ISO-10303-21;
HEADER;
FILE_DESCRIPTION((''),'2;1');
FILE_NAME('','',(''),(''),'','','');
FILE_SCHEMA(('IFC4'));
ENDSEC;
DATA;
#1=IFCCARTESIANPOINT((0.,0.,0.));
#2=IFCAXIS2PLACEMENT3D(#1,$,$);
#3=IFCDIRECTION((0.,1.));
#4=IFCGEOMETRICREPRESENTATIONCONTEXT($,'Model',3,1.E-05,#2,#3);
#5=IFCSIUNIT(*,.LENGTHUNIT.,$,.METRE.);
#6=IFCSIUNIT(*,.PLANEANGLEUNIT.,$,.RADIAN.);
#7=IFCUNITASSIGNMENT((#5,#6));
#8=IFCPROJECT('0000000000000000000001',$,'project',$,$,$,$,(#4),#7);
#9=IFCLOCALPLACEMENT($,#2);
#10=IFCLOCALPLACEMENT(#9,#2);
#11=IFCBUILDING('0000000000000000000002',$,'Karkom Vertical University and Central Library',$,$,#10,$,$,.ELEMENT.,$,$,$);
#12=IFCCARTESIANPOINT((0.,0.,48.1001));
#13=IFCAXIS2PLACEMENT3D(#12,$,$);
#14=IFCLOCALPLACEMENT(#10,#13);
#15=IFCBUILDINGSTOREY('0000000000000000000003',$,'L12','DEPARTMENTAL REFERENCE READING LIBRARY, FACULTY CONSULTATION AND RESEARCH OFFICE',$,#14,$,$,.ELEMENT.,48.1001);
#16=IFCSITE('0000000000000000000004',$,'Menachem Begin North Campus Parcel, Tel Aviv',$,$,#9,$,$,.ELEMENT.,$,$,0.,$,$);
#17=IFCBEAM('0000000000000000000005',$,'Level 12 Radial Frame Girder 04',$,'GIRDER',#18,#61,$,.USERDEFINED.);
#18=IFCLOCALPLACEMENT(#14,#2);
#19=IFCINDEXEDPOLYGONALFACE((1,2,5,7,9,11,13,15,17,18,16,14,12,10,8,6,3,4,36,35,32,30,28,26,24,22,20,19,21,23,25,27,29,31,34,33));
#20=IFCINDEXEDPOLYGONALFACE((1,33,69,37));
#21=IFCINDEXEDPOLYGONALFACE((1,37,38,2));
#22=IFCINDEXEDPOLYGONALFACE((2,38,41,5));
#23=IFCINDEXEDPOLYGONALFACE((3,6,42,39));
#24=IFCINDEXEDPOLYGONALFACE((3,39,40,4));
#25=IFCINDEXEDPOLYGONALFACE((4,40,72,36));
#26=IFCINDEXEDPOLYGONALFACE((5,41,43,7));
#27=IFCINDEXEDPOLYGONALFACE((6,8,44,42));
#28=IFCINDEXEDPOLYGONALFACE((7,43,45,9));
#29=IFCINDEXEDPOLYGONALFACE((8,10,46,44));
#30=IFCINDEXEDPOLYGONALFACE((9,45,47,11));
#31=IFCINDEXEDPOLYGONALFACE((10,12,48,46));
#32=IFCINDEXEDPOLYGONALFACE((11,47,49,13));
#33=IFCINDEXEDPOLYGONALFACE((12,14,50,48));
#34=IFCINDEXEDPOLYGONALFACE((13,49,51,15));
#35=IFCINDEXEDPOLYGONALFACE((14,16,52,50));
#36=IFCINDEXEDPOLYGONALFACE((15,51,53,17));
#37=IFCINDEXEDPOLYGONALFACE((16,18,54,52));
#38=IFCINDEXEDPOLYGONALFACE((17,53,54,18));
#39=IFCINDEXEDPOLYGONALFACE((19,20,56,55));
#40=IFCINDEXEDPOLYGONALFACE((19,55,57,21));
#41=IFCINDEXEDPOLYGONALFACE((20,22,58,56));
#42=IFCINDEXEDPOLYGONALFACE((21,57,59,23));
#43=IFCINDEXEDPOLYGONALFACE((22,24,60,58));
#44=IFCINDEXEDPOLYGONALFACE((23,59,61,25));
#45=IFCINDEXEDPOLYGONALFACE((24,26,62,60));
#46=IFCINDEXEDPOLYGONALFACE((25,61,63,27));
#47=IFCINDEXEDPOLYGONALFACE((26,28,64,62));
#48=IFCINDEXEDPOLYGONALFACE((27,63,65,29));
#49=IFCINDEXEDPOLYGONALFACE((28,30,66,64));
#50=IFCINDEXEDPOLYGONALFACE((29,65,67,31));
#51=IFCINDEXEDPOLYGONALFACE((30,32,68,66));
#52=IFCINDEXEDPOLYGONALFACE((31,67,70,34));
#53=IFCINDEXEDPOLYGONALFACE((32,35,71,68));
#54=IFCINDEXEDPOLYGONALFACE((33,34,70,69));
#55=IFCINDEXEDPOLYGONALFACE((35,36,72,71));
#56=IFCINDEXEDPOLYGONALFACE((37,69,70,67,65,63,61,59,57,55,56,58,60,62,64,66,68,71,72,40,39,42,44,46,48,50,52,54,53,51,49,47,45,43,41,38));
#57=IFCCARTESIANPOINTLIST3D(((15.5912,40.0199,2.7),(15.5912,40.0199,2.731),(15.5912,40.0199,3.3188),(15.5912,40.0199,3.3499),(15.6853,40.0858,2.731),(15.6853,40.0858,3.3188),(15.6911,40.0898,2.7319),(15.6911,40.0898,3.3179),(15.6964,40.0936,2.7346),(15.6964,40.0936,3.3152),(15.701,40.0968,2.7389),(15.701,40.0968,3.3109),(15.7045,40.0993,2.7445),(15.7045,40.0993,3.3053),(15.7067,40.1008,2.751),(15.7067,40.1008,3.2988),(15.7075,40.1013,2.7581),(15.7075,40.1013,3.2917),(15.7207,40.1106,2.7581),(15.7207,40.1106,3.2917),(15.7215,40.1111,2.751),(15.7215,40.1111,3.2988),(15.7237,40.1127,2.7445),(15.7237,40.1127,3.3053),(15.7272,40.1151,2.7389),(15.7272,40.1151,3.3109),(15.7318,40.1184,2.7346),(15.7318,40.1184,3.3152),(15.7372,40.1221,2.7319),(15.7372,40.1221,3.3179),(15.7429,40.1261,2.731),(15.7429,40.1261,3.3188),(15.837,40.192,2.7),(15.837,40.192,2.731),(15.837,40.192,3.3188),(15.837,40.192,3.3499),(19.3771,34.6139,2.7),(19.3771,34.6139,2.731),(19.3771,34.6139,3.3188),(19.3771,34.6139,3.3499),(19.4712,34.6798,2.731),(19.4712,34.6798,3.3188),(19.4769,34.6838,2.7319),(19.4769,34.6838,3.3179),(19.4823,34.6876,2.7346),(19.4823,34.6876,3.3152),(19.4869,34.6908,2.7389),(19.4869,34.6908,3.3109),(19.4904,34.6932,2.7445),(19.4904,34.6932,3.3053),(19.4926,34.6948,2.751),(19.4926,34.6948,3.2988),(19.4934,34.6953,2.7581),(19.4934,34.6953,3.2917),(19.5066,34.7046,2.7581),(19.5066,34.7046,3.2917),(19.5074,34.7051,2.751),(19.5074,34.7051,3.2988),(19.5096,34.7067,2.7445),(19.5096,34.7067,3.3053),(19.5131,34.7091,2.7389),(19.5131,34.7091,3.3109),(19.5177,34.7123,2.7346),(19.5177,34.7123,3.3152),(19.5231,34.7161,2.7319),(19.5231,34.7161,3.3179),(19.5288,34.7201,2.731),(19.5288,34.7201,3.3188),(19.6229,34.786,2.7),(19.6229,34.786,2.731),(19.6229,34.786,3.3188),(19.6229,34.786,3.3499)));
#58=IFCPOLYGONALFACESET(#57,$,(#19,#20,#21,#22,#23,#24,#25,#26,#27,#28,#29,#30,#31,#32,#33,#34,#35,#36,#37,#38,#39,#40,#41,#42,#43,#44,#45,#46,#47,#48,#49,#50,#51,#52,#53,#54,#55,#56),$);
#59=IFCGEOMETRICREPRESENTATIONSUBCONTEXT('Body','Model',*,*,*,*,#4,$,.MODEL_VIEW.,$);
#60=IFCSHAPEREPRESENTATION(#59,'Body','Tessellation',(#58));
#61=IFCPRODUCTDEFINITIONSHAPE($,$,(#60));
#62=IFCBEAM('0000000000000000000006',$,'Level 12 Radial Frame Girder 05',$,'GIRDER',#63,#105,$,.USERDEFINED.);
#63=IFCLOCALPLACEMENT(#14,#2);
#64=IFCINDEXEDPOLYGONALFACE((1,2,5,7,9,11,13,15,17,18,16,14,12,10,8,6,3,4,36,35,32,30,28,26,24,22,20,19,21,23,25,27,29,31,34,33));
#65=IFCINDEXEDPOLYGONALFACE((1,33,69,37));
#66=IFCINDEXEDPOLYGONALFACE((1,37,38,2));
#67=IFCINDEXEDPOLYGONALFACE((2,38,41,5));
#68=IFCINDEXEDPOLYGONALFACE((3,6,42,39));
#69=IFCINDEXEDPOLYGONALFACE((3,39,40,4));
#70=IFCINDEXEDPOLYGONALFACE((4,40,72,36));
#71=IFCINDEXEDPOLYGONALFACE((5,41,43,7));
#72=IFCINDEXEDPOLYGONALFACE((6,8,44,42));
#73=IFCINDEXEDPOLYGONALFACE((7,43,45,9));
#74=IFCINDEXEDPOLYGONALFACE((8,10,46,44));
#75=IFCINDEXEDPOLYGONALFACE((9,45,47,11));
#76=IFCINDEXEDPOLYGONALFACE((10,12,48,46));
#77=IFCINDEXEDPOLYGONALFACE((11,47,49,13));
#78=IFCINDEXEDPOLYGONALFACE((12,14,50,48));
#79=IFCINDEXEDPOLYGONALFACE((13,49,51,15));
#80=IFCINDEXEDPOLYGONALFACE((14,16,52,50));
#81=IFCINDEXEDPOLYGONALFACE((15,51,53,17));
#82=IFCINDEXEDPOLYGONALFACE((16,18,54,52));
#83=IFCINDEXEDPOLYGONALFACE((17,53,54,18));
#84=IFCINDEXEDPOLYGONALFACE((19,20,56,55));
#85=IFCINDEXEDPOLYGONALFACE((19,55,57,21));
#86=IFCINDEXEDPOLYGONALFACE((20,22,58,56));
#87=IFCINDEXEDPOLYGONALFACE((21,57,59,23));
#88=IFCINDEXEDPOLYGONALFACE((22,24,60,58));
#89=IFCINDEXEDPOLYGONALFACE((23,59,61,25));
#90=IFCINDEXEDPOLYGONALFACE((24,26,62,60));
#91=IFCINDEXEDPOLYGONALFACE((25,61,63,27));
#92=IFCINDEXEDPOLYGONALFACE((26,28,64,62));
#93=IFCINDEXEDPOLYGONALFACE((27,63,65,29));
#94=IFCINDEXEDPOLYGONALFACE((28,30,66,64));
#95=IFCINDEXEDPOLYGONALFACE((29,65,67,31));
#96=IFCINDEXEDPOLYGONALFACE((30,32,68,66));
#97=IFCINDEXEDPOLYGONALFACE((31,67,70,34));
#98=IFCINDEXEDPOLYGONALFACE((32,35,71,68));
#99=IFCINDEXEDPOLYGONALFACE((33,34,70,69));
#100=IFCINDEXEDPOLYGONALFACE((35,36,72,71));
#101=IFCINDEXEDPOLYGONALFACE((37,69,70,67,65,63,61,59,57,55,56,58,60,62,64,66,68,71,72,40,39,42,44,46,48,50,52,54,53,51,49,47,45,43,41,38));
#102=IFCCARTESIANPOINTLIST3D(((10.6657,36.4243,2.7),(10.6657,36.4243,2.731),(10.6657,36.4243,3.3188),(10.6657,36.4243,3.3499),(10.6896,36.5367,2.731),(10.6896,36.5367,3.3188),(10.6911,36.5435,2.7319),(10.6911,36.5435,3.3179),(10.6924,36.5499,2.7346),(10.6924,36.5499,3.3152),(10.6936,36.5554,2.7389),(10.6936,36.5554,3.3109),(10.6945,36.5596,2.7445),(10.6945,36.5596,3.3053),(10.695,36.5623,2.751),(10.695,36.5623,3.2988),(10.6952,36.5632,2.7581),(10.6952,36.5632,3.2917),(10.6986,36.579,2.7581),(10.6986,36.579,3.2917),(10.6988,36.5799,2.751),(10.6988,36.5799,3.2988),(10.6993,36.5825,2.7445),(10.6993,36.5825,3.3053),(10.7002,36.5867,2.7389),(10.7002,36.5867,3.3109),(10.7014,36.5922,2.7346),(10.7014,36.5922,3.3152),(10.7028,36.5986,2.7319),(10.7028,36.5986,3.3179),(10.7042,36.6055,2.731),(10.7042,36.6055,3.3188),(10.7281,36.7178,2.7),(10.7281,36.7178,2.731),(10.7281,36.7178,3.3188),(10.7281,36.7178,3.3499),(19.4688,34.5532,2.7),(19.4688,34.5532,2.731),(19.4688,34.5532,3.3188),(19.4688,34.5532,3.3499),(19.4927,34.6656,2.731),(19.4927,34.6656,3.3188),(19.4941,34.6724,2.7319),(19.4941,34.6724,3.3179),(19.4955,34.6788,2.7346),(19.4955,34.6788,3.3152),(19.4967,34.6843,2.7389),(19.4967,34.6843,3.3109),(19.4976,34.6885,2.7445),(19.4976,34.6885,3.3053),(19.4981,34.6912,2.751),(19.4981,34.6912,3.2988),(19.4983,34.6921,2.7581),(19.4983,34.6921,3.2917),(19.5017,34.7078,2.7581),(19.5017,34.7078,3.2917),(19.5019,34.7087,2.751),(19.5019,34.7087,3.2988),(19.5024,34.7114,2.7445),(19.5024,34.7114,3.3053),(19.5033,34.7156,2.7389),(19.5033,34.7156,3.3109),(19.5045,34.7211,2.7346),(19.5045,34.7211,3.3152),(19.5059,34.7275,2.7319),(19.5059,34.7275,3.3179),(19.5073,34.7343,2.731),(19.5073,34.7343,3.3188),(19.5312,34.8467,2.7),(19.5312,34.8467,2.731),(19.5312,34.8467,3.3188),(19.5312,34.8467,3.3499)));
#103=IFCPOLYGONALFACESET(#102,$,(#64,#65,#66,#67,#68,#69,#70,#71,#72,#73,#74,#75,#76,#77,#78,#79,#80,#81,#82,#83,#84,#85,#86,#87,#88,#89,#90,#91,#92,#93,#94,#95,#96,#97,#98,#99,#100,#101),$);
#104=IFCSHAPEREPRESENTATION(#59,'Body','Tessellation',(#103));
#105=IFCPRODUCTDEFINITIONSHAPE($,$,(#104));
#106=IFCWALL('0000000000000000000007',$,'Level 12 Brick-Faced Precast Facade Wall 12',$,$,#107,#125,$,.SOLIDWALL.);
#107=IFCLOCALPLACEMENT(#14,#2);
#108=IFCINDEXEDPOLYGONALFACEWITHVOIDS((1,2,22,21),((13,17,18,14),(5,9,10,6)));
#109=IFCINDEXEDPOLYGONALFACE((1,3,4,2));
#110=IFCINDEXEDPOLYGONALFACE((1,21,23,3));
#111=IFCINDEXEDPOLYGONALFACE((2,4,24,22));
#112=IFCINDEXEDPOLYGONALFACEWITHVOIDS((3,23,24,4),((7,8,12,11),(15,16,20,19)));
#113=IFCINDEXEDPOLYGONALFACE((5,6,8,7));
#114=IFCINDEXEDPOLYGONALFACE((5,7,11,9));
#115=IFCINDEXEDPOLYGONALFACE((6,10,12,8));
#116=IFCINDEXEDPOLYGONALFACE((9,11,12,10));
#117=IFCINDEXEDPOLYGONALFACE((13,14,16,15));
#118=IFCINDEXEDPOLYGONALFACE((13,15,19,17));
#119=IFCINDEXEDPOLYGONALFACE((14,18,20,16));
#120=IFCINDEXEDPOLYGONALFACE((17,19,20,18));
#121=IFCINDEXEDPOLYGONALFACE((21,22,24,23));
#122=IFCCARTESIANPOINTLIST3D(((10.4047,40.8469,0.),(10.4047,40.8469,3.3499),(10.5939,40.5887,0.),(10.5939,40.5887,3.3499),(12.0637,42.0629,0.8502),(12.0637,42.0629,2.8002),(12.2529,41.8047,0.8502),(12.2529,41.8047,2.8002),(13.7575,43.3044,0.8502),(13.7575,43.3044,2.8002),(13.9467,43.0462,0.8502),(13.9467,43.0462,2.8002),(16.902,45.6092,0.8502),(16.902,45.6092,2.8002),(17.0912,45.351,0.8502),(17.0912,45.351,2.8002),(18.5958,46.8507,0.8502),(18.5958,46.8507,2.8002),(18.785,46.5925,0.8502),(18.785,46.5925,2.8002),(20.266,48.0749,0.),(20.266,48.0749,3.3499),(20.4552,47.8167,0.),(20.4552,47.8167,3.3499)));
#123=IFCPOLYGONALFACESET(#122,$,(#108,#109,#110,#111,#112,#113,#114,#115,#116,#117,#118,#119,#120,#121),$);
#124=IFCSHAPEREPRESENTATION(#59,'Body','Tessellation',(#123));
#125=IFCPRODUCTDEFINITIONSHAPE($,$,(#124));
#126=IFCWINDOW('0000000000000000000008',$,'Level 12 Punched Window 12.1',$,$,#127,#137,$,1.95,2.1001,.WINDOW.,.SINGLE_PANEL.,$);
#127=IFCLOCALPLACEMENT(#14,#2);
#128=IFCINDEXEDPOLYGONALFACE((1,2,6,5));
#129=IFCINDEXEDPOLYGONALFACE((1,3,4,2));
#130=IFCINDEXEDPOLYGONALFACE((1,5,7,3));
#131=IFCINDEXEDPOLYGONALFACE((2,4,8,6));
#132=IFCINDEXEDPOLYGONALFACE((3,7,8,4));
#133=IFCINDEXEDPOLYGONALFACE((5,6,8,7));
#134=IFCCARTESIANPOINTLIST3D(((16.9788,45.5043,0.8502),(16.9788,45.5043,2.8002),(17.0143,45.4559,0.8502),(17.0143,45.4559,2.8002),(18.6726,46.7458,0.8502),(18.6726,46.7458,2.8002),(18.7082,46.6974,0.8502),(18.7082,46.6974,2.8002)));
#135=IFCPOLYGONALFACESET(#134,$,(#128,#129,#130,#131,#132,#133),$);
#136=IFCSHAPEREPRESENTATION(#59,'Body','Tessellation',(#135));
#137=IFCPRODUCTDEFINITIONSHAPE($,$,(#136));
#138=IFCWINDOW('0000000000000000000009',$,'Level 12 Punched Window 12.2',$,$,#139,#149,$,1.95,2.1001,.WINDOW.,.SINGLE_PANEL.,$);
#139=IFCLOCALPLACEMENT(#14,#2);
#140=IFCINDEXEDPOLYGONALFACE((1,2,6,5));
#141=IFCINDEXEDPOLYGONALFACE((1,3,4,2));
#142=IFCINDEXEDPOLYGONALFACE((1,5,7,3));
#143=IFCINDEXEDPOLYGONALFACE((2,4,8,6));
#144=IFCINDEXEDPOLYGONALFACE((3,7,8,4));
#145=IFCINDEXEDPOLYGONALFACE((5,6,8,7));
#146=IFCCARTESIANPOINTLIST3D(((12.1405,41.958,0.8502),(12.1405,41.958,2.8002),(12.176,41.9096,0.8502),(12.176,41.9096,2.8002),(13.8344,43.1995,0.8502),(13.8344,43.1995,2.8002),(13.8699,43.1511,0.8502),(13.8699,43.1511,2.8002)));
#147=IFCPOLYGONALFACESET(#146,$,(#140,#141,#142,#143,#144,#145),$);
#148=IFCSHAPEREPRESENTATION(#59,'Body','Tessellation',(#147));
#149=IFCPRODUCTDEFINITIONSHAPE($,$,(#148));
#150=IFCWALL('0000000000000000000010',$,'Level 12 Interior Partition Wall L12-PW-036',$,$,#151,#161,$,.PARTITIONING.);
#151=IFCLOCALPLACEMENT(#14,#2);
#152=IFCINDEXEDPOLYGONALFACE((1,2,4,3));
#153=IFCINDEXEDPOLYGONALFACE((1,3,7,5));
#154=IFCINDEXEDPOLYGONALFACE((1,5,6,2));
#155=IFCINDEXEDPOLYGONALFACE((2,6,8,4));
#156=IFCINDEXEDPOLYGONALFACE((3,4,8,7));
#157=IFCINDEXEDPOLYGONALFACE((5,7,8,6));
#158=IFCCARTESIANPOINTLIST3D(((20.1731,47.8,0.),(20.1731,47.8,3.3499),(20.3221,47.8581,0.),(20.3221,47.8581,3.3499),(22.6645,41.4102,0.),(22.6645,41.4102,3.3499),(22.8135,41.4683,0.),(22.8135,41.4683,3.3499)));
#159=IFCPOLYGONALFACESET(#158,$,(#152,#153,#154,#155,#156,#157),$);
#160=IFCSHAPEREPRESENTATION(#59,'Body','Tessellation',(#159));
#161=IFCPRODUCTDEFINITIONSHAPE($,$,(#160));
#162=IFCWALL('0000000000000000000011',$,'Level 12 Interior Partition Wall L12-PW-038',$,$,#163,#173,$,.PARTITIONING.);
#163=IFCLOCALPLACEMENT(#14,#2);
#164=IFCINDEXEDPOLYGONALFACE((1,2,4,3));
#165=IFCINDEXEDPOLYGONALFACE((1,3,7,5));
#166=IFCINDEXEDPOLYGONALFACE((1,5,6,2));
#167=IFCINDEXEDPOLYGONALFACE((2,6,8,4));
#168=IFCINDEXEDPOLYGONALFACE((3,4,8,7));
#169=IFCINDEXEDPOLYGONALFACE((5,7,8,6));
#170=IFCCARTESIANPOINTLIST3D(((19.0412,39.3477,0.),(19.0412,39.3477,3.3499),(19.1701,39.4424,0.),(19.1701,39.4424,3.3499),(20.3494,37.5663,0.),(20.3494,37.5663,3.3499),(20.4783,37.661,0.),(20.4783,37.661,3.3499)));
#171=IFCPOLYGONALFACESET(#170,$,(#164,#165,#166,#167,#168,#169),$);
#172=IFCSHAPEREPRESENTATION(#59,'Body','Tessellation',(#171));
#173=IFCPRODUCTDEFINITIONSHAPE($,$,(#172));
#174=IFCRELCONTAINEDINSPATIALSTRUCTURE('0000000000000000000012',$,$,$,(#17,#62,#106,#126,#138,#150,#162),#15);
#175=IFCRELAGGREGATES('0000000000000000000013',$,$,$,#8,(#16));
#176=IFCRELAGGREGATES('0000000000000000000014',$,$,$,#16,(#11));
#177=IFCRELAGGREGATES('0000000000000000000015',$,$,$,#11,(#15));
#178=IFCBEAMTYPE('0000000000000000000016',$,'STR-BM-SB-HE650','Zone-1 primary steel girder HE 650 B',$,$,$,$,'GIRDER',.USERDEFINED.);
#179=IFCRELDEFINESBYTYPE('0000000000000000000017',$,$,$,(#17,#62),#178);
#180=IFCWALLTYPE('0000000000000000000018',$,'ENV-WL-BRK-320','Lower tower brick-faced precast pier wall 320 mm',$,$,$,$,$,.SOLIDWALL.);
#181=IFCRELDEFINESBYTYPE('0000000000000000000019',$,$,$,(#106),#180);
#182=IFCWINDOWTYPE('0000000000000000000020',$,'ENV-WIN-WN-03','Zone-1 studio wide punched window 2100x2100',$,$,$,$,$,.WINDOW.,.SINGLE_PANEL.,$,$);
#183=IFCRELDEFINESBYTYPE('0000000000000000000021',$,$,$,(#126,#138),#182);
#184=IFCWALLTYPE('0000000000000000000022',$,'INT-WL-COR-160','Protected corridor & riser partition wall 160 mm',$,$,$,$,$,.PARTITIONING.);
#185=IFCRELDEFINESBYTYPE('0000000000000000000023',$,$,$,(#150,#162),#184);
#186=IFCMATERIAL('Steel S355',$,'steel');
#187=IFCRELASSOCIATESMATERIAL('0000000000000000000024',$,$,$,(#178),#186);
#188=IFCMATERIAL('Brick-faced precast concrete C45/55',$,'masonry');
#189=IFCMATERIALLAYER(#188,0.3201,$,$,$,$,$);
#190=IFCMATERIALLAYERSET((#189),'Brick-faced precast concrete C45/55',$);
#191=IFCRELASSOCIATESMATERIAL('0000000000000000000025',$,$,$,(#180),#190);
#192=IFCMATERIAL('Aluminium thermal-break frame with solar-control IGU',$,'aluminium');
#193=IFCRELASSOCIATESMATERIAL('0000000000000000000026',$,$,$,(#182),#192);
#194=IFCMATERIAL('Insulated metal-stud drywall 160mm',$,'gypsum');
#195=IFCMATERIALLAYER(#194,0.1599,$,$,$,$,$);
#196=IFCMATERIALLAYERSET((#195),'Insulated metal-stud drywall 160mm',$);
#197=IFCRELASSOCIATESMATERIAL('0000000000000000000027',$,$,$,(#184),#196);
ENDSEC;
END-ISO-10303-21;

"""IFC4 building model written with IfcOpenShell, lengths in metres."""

from ifc_helpers import new_model, si_unit, direction, frame, frame_2d, origin, origin_with_axes, origin_2d, place, context, subcontext, project, spatial, rectangle, i_section, extrude, source, transform, mapped, material, layer, layer_set, material_profile, profile_set, type_object, element, fill, save


model = new_model("IFC4")

# Units and contexts
model_context = context("Model", 3, precision=1e-05, world=origin(), true_north=direction((0.0, 1.0)))
body_context = subcontext(model_context, "Body", "Model", "MODEL_VIEW")
ifc_project = project(units=[si_unit("LENGTHUNIT", "METRE"), si_unit("PLANEANGLEUNIT", "RADIAN")], contexts=[model_context])

# Site, building, storey
site_placement = place(None, origin())
site = spatial("IfcSite", under=ifc_project, at=site_placement, Name="Menachem Begin North Campus Parcel, Tel Aviv", CompositionType="ELEMENT", RefElevation=0.0)
building_placement = place(site_placement, origin())
building = spatial("IfcBuilding", under=site, at=building_placement, Name="Karkom Vertical University and Central Library", CompositionType="ELEMENT")
storey_placement = place(building_placement, frame((0.0, 0.0, 48.1001)))
storey = spatial("IfcBuildingStorey", under=building, at=storey_placement, Name="L12", Description="DEPARTMENTAL REFERENCE READING LIBRARY, FACULTY CONSULTATION AND RESEARCH OFFICE", CompositionType="ELEMENT", Elevation=48.1001)

# Beams
ifc_material_1 = material(Name="Steel S355", Category="steel")
ifc_material_profile_1 = material_profile(ifc_material_1, i_section(OverallWidth=0.3, OverallDepth=0.6499, WebThickness=0.0161, FlangeThickness=0.031, FilletRadius=0.0271, at=origin_2d()), Name="HE 650 B")
ifc_profile_set_1 = profile_set([ifc_material_profile_1], Name="Steel S355")
beam_type = type_object("IfcBeamType", Name="STR-BM-SB-HE650", Description="Zone-1 primary steel girder HE 650 B", ElementType="GIRDER", PredefinedType="USERDEFINED", material=ifc_profile_set_1)
shared_shape_1 = source(origin_with_axes(), body_context, "Body", "SweptSolid", [
    extrude(i_section(OverallWidth=0.3, OverallDepth=0.6499, WebThickness=0.0161, FlangeThickness=0.031, FilletRadius=0.0271, at=origin_2d()), origin(), (0.0, 0.0, 1.0), 6.5999),
])
beam_1_placement = place(storey_placement, frame((19.5, 34.7, 3.0249), z_axis=(-0.573634, 0.819112, 0.0), x_axis=(-0.819112, -0.573634, 0.0)))
element("IfcBeam", 1, at=beam_1_placement, inside=storey, type_object=beam_type, Name="Level 12 Radial Frame Girder 04", ObjectType="GIRDER", PredefinedType="USERDEFINED", context=body_context, shape_type="MappedRepresentation", body=[
    mapped(shared_shape_1, transform((0.0, 0.0, 0.0), scale=1.0)),
])
shared_shape_2 = source(origin_with_axes(), body_context, "Body", "SweptSolid", [
    extrude(i_section(OverallWidth=0.3, OverallDepth=0.6499, WebThickness=0.0161, FlangeThickness=0.031, FilletRadius=0.0271, at=origin_2d()), origin(), (0.0, 0.0, 1.0), 8.9998),
])
beam_2_placement = place(storey_placement, frame((19.5, 34.7, 3.0249), z_axis=(-0.978148, 0.207908, 0.0), x_axis=(-0.207908, -0.978148, 0.0)))
element("IfcBeam", 2, at=beam_2_placement, inside=storey, type_object=beam_type, Name="Level 12 Radial Frame Girder 05", ObjectType="GIRDER", PredefinedType="USERDEFINED", context=body_context, shape_type="MappedRepresentation", body=[
    mapped(shared_shape_2, transform((0.0, 0.0, 0.0), scale=1.0)),
])

# Wall, openings, windows
ifc_material_2 = material(Name="Brick-faced precast concrete C45/55", Category="masonry")
ifc_layer_1 = layer(ifc_material_2, 0.3201)
ifc_layer_set_1 = layer_set([ifc_layer_1], Name="Brick-faced precast concrete C45/55")
wall_type_1 = type_object("IfcWallType", Name="ENV-WL-BRK-320", Description="Lower tower brick-faced precast pier wall 320 mm", PredefinedType="SOLIDWALL", material=ifc_layer_set_1)
wall_1_placement = place(storey_placement, frame((20.3606, 47.9458, 0.0), z_axis=(0.0, 0.0, 1.0), x_axis=(-0.806546, -0.591171, 0.0)))
wall_1 = element("IfcWall", 3, at=wall_1_placement, inside=storey, type_object=wall_type_1, Name="Level 12 Brick-Faced Precast Facade Wall 12", PredefinedType="SOLIDWALL", context=body_context, shape_type="SweptSolid", body=[
    extrude(rectangle(XDim=12.2266, YDim=0.3201, at=frame_2d((6.1133, 0.0))), origin(), (0.0, 0.0, 1.0), 3.3499),
])
opening_1_placement = place(wall_1_placement, frame((2.0708, 0.0, 0.8501)))
opening_1 = element("IfcOpeningElement", 4, at=opening_1_placement, cuts=wall_1, PredefinedType="OPENING", context=body_context, shape_type="SweptSolid", body=[
    extrude(rectangle(XDim=2.1001, YDim=1.95, at=frame_2d((1.05, 0.9751))), frame((0.0, 0.1699, 0.0), z_axis=(0.0, -1.0, 0.0), x_axis=(1.0, 0.0, 0.0)), (0.0, 0.0, 1.0), 0.3401),
])
opening_2_placement = place(wall_1_placement, frame((8.0696, 0.0, 0.8501)))
opening_2 = element("IfcOpeningElement", 5, at=opening_2_placement, cuts=wall_1, PredefinedType="OPENING", context=body_context, shape_type="SweptSolid", body=[
    extrude(rectangle(XDim=2.1001, YDim=1.95, at=frame_2d((1.05, 0.9751))), frame((0.0, 0.1699, 0.0), z_axis=(0.0, -1.0, 0.0), x_axis=(1.0, 0.0, 0.0)), (0.0, 0.0, 1.0), 0.3401),
])
ifc_material_3 = material(Name="Aluminium thermal-break frame with solar-control IGU", Category="aluminium")
window_type = type_object("IfcWindowType", Name="ENV-WIN-WN-03", Description="Zone-1 studio wide punched window 2100x2100", PartitioningType="SINGLE_PANEL", PredefinedType="WINDOW", material=ifc_material_3)
shared_shape_3 = source(origin_with_axes(), body_context, "Body", "SweptSolid", [
    extrude(rectangle(XDim=2.1001, YDim=1.95, at=frame_2d((1.05, 0.9751))), frame((0.0, 0.03, 0.0), z_axis=(0.0, -1.0, 0.0), x_axis=(1.0, 0.0, 0.0)), (0.0, 0.0, 1.0), 0.0601),
])
window_1_placement = place(opening_1_placement, origin())
window_1 = element("IfcWindow", 6, at=window_1_placement, inside=storey, type_object=window_type, Name="Level 12 Punched Window 12.1", OverallHeight=1.95, OverallWidth=2.1001, PartitioningType="SINGLE_PANEL", PredefinedType="WINDOW", context=body_context, shape_type="MappedRepresentation", body=[
    mapped(shared_shape_3, transform((0.0, 0.0, 0.0), scale=1.0)),
])
fill(opening_1, window_1)
window_2_placement = place(opening_2_placement, origin())
window_2 = element("IfcWindow", 7, at=window_2_placement, inside=storey, type_object=window_type, Name="Level 12 Punched Window 12.2", OverallHeight=1.95, OverallWidth=2.1001, PartitioningType="SINGLE_PANEL", PredefinedType="WINDOW", context=body_context, shape_type="MappedRepresentation", body=[
    mapped(shared_shape_3, transform((0.0, 0.0, 0.0), scale=1.0)),
])
fill(opening_2, window_2)

# Walls
ifc_material_4 = material(Name="Insulated metal-stud drywall 160mm", Category="gypsum")
ifc_layer_2 = layer(ifc_material_4, 0.1599)
ifc_layer_set_2 = layer_set([ifc_layer_2], Name="Insulated metal-stud drywall 160mm")
wall_type_2 = type_object("IfcWallType", Name="INT-WL-COR-160", Description="Protected corridor & riser partition wall 160 mm", PredefinedType="PARTITIONING", material=ifc_layer_set_2)
wall_2_placement = place(storey_placement, frame((22.739, 41.4392, 0.0), z_axis=(0.0, 0.0, 1.0), x_axis=(-0.363269, 0.931684, 0.0)))
element("IfcWall", 8, at=wall_2_placement, inside=storey, type_object=wall_type_2, Name="Level 12 Interior Partition Wall L12-PW-036", PredefinedType="PARTITIONING", context=body_context, shape_type="SweptSolid", body=[
    extrude(rectangle(XDim=6.8584, YDim=0.1599, at=frame_2d((3.4292, 0.0))), origin(), (0.0, 0.0, 1.0), 3.3499),
])
wall_3_placement = place(storey_placement, frame((20.4138, 37.6138, 0.0), z_axis=(0.0, 0.0, 1.0), x_axis=(-0.591929, 0.80599, 0.0)))
element("IfcWall", 9, at=wall_3_placement, inside=storey, type_object=wall_type_2, Name="Level 12 Interior Partition Wall L12-PW-038", PredefinedType="PARTITIONING", context=body_context, shape_type="SweptSolid", body=[
    extrude(rectangle(XDim=2.2102, YDim=0.1599, at=frame_2d((1.105, 0.0))), origin(), (0.0, 0.0, 1.0), 3.3499),
])

save(model, "model.ifc")
